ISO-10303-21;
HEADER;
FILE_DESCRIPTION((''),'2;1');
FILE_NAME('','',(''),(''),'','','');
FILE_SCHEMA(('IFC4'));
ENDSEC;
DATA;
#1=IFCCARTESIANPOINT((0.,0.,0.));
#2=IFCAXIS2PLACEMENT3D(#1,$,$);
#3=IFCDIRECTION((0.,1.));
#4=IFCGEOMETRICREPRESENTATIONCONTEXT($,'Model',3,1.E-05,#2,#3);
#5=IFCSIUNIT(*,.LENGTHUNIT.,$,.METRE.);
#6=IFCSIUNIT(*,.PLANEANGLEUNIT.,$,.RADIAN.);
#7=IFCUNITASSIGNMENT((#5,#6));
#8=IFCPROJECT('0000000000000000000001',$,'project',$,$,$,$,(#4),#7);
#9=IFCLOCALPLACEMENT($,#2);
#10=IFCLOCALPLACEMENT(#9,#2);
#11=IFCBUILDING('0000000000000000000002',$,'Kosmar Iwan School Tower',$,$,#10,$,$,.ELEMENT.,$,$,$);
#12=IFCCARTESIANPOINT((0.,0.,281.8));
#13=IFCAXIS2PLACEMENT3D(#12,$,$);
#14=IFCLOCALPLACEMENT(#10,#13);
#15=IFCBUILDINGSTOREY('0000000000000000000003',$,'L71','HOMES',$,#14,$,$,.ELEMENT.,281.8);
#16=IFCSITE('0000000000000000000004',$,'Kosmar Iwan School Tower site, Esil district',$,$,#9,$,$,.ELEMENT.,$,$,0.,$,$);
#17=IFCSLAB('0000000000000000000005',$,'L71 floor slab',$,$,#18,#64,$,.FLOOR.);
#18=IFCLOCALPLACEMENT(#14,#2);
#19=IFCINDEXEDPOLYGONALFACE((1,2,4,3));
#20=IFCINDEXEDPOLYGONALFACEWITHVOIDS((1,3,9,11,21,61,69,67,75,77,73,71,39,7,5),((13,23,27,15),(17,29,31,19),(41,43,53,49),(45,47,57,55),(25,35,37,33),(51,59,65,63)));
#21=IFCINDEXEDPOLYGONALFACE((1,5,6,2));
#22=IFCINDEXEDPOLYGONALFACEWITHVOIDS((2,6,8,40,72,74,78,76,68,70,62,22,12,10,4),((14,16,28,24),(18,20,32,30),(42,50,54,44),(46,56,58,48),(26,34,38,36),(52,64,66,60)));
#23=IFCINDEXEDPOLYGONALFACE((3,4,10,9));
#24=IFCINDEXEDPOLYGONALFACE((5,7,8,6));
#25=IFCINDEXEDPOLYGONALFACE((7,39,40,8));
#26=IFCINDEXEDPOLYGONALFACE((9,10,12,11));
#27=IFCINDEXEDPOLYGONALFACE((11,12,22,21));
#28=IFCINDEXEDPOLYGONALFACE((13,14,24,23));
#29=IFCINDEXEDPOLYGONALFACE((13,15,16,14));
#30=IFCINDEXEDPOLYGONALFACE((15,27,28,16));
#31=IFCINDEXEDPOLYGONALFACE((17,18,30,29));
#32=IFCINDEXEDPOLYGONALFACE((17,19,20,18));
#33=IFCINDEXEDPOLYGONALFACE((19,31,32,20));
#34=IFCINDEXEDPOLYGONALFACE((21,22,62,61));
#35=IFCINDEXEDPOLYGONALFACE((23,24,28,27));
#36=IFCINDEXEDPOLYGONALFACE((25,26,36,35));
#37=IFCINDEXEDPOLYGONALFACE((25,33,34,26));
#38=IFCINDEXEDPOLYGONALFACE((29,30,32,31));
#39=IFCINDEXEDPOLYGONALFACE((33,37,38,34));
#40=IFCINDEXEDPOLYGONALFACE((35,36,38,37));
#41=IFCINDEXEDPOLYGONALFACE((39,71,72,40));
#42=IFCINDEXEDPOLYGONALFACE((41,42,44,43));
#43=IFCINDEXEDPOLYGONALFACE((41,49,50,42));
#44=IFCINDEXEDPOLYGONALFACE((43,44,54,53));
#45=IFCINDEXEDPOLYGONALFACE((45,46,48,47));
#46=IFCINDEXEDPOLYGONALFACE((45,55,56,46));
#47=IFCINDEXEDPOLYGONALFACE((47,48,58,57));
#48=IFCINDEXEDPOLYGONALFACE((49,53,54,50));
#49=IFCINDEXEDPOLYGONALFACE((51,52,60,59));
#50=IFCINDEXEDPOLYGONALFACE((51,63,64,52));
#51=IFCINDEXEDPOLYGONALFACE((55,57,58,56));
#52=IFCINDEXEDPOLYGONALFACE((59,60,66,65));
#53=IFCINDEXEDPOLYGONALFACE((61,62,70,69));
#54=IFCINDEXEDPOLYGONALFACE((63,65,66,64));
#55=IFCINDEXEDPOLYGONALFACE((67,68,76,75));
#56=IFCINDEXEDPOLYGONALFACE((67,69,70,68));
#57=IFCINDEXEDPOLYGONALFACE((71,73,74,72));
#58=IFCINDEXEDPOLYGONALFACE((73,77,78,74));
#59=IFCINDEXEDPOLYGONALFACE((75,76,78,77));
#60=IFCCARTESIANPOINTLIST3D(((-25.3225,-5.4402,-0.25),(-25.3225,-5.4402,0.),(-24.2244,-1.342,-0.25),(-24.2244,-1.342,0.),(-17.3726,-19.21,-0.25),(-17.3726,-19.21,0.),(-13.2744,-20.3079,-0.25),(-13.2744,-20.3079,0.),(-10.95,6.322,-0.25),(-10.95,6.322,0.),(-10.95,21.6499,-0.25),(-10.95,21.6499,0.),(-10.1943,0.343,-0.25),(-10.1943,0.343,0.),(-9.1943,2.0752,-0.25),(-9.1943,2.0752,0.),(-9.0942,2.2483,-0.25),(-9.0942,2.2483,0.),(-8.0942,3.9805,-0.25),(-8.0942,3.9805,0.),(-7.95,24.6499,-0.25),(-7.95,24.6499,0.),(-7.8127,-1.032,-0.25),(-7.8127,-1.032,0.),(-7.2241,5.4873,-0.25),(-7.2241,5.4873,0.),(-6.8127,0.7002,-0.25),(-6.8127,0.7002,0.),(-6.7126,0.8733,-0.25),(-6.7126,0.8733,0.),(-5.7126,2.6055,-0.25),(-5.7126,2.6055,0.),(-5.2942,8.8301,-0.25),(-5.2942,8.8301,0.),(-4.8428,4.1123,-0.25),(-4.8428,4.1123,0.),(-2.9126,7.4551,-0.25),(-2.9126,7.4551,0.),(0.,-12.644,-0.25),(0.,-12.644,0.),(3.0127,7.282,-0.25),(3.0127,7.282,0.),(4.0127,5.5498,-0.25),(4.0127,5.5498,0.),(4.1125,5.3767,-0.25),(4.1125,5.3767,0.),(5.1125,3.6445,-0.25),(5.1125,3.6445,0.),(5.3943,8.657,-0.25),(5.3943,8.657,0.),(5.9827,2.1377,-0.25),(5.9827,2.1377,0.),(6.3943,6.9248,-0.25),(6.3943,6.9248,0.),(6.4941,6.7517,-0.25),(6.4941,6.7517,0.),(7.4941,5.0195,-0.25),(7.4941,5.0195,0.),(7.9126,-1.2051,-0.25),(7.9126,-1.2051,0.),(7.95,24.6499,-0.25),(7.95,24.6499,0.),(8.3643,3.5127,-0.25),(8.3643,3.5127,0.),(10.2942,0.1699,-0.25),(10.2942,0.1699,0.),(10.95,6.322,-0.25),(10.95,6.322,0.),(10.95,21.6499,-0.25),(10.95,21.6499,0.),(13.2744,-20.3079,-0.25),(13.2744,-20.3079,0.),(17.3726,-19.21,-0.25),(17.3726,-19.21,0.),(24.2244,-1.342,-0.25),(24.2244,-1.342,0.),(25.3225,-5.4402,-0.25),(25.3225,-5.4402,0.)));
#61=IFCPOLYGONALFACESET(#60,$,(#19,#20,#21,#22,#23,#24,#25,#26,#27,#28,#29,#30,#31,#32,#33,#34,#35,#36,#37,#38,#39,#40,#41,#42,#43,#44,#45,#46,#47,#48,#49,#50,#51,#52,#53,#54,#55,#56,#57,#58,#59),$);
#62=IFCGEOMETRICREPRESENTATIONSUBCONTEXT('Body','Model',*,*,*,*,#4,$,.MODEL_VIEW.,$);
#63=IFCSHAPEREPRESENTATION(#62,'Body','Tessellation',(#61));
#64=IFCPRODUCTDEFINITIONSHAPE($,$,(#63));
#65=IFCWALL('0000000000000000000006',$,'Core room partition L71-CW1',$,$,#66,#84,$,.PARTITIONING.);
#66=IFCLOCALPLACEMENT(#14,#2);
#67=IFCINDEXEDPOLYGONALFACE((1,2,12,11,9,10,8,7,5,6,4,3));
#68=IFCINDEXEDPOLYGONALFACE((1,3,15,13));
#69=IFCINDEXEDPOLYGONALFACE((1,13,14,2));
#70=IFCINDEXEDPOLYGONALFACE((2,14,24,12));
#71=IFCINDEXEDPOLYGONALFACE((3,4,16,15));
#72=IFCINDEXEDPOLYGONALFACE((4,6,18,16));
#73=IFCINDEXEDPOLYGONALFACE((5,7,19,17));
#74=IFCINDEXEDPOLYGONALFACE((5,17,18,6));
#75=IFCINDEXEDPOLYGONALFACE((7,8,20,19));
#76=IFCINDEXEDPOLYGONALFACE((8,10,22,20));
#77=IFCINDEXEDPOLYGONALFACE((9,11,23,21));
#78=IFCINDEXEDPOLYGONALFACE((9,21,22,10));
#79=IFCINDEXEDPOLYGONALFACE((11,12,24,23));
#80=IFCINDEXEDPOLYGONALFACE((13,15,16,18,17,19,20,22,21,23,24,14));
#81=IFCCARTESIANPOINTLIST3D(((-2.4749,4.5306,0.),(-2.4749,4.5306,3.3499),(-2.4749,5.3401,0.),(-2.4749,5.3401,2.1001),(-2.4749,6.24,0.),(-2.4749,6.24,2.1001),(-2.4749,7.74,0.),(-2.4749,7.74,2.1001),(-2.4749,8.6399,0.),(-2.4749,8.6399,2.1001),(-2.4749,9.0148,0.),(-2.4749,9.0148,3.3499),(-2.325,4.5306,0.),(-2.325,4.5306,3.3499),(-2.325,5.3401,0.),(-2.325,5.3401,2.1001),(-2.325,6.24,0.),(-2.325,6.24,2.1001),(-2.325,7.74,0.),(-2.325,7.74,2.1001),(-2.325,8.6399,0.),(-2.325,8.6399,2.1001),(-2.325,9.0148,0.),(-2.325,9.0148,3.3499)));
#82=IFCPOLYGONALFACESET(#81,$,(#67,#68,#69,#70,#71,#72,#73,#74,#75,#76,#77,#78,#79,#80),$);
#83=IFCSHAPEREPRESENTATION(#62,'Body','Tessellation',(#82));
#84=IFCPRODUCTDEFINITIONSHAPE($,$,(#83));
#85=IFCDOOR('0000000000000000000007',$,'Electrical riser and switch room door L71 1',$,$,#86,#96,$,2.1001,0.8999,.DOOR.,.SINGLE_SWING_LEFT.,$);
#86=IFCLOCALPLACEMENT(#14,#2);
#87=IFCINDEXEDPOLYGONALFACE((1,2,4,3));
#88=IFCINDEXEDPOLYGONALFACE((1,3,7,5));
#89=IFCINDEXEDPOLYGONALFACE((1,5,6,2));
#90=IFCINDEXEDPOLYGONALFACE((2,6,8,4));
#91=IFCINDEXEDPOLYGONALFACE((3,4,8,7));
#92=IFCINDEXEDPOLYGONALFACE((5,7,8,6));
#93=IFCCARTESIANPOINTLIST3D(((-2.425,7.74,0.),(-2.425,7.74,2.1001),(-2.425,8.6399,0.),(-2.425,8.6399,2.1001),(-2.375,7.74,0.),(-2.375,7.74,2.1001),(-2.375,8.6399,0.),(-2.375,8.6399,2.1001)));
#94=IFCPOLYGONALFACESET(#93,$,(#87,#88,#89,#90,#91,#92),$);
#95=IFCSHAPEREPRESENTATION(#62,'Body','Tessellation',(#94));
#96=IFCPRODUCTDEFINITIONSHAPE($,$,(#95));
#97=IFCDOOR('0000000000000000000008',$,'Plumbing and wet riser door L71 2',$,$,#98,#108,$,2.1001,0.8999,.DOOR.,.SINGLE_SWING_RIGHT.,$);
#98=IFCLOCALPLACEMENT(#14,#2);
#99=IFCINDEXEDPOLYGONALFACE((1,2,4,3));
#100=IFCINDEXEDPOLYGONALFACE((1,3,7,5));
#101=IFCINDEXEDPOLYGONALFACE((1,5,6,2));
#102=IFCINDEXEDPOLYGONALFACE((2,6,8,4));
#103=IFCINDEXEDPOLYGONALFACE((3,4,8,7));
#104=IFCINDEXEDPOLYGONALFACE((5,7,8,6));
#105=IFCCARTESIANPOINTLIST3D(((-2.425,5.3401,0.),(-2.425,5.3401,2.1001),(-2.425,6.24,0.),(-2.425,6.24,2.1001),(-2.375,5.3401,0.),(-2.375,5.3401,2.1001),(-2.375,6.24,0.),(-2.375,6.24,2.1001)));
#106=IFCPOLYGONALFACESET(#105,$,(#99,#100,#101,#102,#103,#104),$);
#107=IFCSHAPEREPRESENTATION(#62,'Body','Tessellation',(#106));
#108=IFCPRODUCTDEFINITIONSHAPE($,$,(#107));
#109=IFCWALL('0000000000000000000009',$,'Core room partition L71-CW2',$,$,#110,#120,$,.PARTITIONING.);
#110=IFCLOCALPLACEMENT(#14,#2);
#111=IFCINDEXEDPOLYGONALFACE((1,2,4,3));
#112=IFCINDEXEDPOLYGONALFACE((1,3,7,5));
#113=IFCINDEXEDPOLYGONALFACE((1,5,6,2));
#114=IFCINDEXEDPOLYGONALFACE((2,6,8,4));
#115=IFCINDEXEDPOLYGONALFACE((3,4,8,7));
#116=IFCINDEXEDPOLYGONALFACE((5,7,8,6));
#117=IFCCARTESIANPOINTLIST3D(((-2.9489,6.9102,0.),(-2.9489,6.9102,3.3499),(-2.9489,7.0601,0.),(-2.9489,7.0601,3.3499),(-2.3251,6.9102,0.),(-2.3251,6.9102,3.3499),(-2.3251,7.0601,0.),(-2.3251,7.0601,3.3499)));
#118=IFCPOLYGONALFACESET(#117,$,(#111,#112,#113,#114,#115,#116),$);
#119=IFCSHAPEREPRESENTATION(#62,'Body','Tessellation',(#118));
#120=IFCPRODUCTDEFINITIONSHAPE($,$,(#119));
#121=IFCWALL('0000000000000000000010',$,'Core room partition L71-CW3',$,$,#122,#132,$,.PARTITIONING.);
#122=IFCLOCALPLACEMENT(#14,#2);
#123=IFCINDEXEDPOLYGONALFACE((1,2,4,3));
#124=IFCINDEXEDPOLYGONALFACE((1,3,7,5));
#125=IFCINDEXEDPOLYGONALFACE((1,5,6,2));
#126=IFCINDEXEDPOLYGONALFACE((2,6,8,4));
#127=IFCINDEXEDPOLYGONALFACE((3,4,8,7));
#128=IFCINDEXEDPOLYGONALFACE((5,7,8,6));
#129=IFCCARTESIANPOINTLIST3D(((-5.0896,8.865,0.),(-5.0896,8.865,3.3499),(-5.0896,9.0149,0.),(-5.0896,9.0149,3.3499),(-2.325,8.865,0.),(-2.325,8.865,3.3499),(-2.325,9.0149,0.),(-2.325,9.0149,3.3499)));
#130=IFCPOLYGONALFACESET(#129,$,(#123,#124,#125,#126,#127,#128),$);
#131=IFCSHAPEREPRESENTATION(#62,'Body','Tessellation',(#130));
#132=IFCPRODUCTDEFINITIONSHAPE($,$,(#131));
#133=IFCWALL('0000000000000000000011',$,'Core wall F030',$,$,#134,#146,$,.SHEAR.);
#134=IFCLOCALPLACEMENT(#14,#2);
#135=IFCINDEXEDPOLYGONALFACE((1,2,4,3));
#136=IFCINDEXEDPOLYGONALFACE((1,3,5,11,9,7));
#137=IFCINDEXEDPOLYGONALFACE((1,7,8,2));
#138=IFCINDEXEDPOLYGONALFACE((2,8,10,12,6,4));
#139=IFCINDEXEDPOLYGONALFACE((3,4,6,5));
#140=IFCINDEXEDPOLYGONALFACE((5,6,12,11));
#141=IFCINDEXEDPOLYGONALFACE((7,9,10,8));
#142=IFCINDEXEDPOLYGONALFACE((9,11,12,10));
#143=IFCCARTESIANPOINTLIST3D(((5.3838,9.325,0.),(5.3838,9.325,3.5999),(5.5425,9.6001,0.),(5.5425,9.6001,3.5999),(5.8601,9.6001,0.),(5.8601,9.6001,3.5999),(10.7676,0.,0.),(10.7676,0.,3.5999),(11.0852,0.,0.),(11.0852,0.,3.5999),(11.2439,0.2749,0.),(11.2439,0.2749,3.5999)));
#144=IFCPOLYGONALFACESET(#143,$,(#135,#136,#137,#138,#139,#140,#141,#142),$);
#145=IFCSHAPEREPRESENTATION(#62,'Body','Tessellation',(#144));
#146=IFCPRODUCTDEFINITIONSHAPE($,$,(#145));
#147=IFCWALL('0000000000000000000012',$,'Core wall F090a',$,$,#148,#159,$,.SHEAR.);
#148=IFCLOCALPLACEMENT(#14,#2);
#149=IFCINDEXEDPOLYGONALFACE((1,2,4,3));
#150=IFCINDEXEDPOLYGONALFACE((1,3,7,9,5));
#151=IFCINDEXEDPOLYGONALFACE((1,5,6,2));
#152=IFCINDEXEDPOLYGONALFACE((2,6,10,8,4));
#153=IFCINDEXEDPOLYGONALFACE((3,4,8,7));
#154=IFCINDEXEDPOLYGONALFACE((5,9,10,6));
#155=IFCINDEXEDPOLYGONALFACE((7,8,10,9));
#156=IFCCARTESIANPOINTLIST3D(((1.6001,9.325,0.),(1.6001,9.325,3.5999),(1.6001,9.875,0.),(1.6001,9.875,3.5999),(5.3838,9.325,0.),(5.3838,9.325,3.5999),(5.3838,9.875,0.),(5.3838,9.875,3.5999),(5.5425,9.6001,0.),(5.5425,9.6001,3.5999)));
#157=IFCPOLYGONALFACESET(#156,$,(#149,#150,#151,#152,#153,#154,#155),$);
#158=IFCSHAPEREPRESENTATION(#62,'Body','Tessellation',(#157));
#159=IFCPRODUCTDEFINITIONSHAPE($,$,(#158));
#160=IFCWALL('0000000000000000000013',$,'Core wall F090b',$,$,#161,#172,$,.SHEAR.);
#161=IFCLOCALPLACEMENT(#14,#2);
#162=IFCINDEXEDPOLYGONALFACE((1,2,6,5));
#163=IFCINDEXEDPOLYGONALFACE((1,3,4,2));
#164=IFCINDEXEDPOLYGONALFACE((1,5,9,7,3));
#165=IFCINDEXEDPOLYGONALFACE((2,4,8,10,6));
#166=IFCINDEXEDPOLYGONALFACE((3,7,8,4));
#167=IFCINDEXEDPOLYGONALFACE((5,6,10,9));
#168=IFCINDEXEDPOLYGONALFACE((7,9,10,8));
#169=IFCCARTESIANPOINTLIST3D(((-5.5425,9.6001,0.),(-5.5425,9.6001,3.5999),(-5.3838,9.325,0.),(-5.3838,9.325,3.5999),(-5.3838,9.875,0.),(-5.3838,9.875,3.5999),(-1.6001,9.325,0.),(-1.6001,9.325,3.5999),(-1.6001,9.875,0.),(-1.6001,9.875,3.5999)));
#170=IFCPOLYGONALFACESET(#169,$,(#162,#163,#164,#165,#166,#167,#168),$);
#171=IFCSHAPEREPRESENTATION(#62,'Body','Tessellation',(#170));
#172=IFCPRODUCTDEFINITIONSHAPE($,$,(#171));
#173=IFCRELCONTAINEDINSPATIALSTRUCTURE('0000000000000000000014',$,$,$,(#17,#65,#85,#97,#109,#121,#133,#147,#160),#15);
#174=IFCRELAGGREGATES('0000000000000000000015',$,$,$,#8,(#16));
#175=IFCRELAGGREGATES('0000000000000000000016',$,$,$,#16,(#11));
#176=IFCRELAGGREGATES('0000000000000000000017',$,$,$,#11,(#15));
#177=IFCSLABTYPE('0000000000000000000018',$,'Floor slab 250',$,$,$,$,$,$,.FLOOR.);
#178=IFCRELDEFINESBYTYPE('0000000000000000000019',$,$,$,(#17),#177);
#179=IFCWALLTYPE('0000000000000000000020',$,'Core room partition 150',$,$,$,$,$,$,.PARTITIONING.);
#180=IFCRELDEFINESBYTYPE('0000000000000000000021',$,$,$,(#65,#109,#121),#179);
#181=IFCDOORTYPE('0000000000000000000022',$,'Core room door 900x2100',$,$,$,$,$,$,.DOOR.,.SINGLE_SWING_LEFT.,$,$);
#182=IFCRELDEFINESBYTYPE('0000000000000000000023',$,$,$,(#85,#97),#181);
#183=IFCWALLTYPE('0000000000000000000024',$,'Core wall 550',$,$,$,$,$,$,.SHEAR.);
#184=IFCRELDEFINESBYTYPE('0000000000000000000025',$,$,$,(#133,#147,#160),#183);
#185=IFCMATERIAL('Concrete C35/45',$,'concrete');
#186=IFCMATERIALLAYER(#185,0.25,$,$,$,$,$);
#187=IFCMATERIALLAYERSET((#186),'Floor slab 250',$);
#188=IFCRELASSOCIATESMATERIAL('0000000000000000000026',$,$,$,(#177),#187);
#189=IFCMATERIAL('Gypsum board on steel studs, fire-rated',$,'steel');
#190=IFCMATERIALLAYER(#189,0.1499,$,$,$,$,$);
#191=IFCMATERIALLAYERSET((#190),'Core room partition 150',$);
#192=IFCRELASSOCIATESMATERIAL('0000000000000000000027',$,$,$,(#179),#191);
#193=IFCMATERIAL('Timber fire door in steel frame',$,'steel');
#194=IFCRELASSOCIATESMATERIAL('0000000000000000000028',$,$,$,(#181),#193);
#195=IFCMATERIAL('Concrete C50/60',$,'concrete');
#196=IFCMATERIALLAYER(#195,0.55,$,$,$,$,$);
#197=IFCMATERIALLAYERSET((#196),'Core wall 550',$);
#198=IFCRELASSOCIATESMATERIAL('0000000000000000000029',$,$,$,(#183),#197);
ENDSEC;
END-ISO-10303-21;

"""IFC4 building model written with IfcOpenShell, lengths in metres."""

from ifc_helpers import new_model, si_unit, direction, frame, frame_2d, origin, place, context, subcontext, project, spatial, polyline, rectangle, outline, extrude, material, layer, layer_set, type_object, element, fill, save


model = new_model("IFC4")

# Units and contexts
model_context = context("Model", 3, precision=1e-05, world=origin(), true_north=direction((0.0, 1.0)))
body_context = subcontext(model_context, "Body", "Model", "MODEL_VIEW")
ifc_project = project(units=[si_unit("LENGTHUNIT", "METRE"), si_unit("PLANEANGLEUNIT", "RADIAN")], contexts=[model_context])

# Site, building, storey
site_placement = place(None, origin())
site = spatial("IfcSite", under=ifc_project, at=site_placement, Name="Kosmar Iwan School Tower site, Esil district", CompositionType="ELEMENT", RefElevation=0.0)
building_placement = place(site_placement, origin())
building = spatial("IfcBuilding", under=site, at=building_placement, Name="Kosmar Iwan School Tower", CompositionType="ELEMENT")
storey_placement = place(building_placement, frame((0.0, 0.0, 281.8)))
storey = spatial("IfcBuildingStorey", under=building, at=storey_placement, Name="L71", Description="HOMES", CompositionType="ELEMENT", Elevation=281.8)

# Slab
ifc_material_1 = material(Name="Concrete C35/45", Category="concrete")
ifc_layer_1 = layer(ifc_material_1, 0.25)
ifc_layer_set_1 = layer_set([ifc_layer_1], Name="Floor slab 250")
slab_type = type_object("IfcSlabType", Name="Floor slab 250", PredefinedType="FLOOR", material=ifc_layer_set_1)
slab_placement = place(storey_placement, frame((0.0, 0.0, -0.25)))
element("IfcSlab", 1, at=slab_placement, inside=storey, type_object=slab_type, Name="L71 floor slab", PredefinedType="FLOOR", context=body_context, shape_type="SweptSolid", body=[
    extrude(outline(polyline([(-13.2744, -20.3079), (0.0, -12.644), (13.2744, -20.3079), (17.3726, -19.21), (25.3225, -5.4402), (24.2244, -1.342), (10.95, 6.322), (10.95, 21.6499), (7.95, 24.6499), (-7.95, 24.6499), (-10.95, 21.6499), (-10.95, 6.322), (-24.2244, -1.342), (-25.3225, -5.4402), (-17.3726, -19.21), (-13.2744, -20.3079)]), holes=[polyline([(7.9126, -1.2051), (10.2942, 0.1699), (8.3643, 3.5127), (5.9827, 2.1377), (7.9126, -1.2051)]), polyline([(-2.9126, 7.4551), (-5.2942, 8.8301), (-7.2241, 5.4873), (-4.8428, 4.1123), (-2.9126, 7.4551)]), polyline([(-5.7126, 2.6055), (-8.0942, 3.9805), (-9.0942, 2.2483), (-6.7126, 0.8733), (-5.7126, 2.6055)]), polyline([(-6.8127, 0.7002), (-9.1943, 2.0752), (-10.1943, 0.343), (-7.8127, -1.032), (-6.8127, 0.7002)]), polyline([(5.1125, 3.6445), (7.4941, 5.0195), (6.4941, 6.7517), (4.1125, 5.3767), (5.1125, 3.6445)]), polyline([(4.0127, 5.5498), (6.3943, 6.9248), (5.3943, 8.657), (3.0127, 7.282), (4.0127, 5.5498)])]), origin(), (0.0, 0.0, 1.0), 0.25),
])

# Wall, openings, doors
ifc_material_2 = material(Name="Gypsum board on steel studs, fire-rated", Category="steel")
ifc_layer_2 = layer(ifc_material_2, 0.1499)
ifc_layer_set_2 = layer_set([ifc_layer_2], Name="Core room partition 150")
wall_type_1 = type_object("IfcWallType", Name="Core room partition 150", PredefinedType="PARTITIONING", material=ifc_layer_set_2)
wall_1_placement = place(storey_placement, frame((-2.3999, 9.0149, 0.0), z_axis=(0.0, 0.0, 1.0), x_axis=(0.0, -1.0, 0.0)))
wall_1 = element("IfcWall", 2, at=wall_1_placement, inside=storey, type_object=wall_type_1, Name="Core room partition L71-CW1", PredefinedType="PARTITIONING", context=body_context, shape_type="SweptSolid", body=[
    extrude(rectangle(XDim=4.4841, YDim=0.1499, at=frame_2d((2.2422, 0.0))), origin(), (0.0, 0.0, 1.0), 3.3499),
])
opening_1_placement = place(wall_1_placement, frame((0.375, 0.0, 0.0)))
opening_1 = element("IfcOpeningElement", 3, at=opening_1_placement, cuts=wall_1, PredefinedType="OPENING", context=body_context, shape_type="SweptSolid", body=[
    extrude(rectangle(XDim=0.8999, YDim=2.1001, at=frame_2d((0.45, 1.05))), frame((0.0, 0.0869, 0.0), z_axis=(0.0, -1.0, 0.0), x_axis=(1.0, 0.0, 0.0)), (0.0, 0.0, 1.0), 0.1738),
])
opening_2_placement = place(wall_1_placement, frame((2.7749, 0.0, 0.0)))
opening_2 = element("IfcOpeningElement", 4, at=opening_2_placement, cuts=wall_1, PredefinedType="OPENING", context=body_context, shape_type="SweptSolid", body=[
    extrude(rectangle(XDim=0.8999, YDim=2.1001, at=frame_2d((0.45, 1.05))), frame((0.0, 0.0869, 0.0), z_axis=(0.0, -1.0, 0.0), x_axis=(1.0, 0.0, 0.0)), (0.0, 0.0, 1.0), 0.1738),
])
ifc_material_3 = material(Name="Timber fire door in steel frame", Category="steel")
door_type_1 = type_object("IfcDoorType", Name="Core room door 900x2100", OperationType="SINGLE_SWING_LEFT", PredefinedType="DOOR", material=ifc_material_3)
door_1_placement = place(opening_1_placement, origin())
door_1 = element("IfcDoor", 5, at=door_1_placement, inside=storey, type_object=door_type_1, Name="Electrical riser and switch room door L71 1", OperationType="SINGLE_SWING_LEFT", OverallHeight=2.1001, OverallWidth=0.8999, PredefinedType="DOOR", context=body_context, shape_type="SweptSolid", body=[
    extrude(rectangle(XDim=0.8999, YDim=2.1001, at=frame_2d((0.45, 1.05))), frame((0.0, 0.0249, 0.0), z_axis=(0.0, -1.0, 0.0), x_axis=(1.0, 0.0, 0.0)), (0.0, 0.0, 1.0), 0.05),
])
fill(opening_1, door_1)
door_2_placement = place(opening_2_placement, origin())
door_2 = element("IfcDoor", 6, at=door_2_placement, inside=storey, type_object=door_type_1, Name="Plumbing and wet riser door L71 2", OperationType="SINGLE_SWING_RIGHT", OverallHeight=2.1001, OverallWidth=0.8999, PredefinedType="DOOR", context=body_context, shape_type="SweptSolid", body=[
    extrude(rectangle(XDim=0.8999, YDim=2.1001, at=frame_2d((0.45, 1.05))), frame((0.0, 0.0249, 0.0), z_axis=(0.0, -1.0, 0.0), x_axis=(1.0, 0.0, 0.0)), (0.0, 0.0, 1.0), 0.05),
])
fill(opening_2, door_2)

# Walls
wall_2_placement = place(storey_placement, frame((-2.325, 6.9851, 0.0), z_axis=(0.0, 0.0, 1.0), x_axis=(-1.0, 0.0, 0.0)))
element("IfcWall", 7, at=wall_2_placement, inside=storey, type_object=wall_type_1, Name="Core room partition L71-CW2", PredefinedType="PARTITIONING", context=body_context, shape_type="SweptSolid", body=[
    extrude(rectangle(XDim=0.6238, YDim=0.1499, at=frame_2d((0.312, 0.0))), origin(), (0.0, 0.0, 1.0), 3.3499),
])
wall_3_placement = place(storey_placement, frame((-5.0896, 8.9399, 0.0), z_axis=(0.0, 0.0, 1.0), x_axis=(1.0, 0.0, 0.0)))
element("IfcWall", 8, at=wall_3_placement, inside=storey, type_object=wall_type_1, Name="Core room partition L71-CW3", PredefinedType="PARTITIONING", context=body_context, shape_type="SweptSolid", body=[
    extrude(rectangle(XDim=2.7646, YDim=0.1499, at=frame_2d((1.3823, 0.0))), origin(), (0.0, 0.0, 1.0), 3.3499),
])
ifc_material_4 = material(Name="Concrete C50/60", Category="concrete")
ifc_layer_3 = layer(ifc_material_4, 0.55)
ifc_layer_set_3 = layer_set([ifc_layer_3], Name="Core wall 550")
wall_type_2 = type_object("IfcWallType", Name="Core wall 550", PredefinedType="SHEAR", material=ifc_layer_set_3)
wall_4_placement = place(storey_placement, origin())
element("IfcWall", 9, at=wall_4_placement, inside=storey, type_object=wall_type_2, Name="Core wall F030", PredefinedType="SHEAR", context=body_context, shape_type="SweptSolid", body=[
    extrude(outline(polyline([(10.7676, 0.0), (11.0852, 0.0), (11.2439, 0.2749), (5.8601, 9.6001), (5.5425, 9.6001), (5.3838, 9.325), (10.7676, 0.0)])), origin(), (0.0, 0.0, 1.0), 3.5999),
])
wall_5_placement = place(storey_placement, origin())
element("IfcWall", 10, at=wall_5_placement, inside=storey, type_object=wall_type_2, Name="Core wall F090a", PredefinedType="SHEAR", context=body_context, shape_type="SweptSolid", body=[
    extrude(outline(polyline([(1.6001, 9.325), (5.3838, 9.325), (5.5425, 9.6001), (5.3838, 9.875), (1.6001, 9.875), (1.6001, 9.325)])), origin(), (0.0, 0.0, 1.0), 3.5999),
])
wall_6_placement = place(storey_placement, origin())
element("IfcWall", 11, at=wall_6_placement, inside=storey, type_object=wall_type_2, Name="Core wall F090b", PredefinedType="SHEAR", context=body_context, shape_type="SweptSolid", body=[
    extrude(outline(polyline([(-5.3838, 9.325), (-1.6001, 9.325), (-1.6001, 9.875), (-5.3838, 9.875), (-5.5425, 9.6001), (-5.3838, 9.325)])), origin(), (0.0, 0.0, 1.0), 3.5999),
])

save(model, "model.ifc")
